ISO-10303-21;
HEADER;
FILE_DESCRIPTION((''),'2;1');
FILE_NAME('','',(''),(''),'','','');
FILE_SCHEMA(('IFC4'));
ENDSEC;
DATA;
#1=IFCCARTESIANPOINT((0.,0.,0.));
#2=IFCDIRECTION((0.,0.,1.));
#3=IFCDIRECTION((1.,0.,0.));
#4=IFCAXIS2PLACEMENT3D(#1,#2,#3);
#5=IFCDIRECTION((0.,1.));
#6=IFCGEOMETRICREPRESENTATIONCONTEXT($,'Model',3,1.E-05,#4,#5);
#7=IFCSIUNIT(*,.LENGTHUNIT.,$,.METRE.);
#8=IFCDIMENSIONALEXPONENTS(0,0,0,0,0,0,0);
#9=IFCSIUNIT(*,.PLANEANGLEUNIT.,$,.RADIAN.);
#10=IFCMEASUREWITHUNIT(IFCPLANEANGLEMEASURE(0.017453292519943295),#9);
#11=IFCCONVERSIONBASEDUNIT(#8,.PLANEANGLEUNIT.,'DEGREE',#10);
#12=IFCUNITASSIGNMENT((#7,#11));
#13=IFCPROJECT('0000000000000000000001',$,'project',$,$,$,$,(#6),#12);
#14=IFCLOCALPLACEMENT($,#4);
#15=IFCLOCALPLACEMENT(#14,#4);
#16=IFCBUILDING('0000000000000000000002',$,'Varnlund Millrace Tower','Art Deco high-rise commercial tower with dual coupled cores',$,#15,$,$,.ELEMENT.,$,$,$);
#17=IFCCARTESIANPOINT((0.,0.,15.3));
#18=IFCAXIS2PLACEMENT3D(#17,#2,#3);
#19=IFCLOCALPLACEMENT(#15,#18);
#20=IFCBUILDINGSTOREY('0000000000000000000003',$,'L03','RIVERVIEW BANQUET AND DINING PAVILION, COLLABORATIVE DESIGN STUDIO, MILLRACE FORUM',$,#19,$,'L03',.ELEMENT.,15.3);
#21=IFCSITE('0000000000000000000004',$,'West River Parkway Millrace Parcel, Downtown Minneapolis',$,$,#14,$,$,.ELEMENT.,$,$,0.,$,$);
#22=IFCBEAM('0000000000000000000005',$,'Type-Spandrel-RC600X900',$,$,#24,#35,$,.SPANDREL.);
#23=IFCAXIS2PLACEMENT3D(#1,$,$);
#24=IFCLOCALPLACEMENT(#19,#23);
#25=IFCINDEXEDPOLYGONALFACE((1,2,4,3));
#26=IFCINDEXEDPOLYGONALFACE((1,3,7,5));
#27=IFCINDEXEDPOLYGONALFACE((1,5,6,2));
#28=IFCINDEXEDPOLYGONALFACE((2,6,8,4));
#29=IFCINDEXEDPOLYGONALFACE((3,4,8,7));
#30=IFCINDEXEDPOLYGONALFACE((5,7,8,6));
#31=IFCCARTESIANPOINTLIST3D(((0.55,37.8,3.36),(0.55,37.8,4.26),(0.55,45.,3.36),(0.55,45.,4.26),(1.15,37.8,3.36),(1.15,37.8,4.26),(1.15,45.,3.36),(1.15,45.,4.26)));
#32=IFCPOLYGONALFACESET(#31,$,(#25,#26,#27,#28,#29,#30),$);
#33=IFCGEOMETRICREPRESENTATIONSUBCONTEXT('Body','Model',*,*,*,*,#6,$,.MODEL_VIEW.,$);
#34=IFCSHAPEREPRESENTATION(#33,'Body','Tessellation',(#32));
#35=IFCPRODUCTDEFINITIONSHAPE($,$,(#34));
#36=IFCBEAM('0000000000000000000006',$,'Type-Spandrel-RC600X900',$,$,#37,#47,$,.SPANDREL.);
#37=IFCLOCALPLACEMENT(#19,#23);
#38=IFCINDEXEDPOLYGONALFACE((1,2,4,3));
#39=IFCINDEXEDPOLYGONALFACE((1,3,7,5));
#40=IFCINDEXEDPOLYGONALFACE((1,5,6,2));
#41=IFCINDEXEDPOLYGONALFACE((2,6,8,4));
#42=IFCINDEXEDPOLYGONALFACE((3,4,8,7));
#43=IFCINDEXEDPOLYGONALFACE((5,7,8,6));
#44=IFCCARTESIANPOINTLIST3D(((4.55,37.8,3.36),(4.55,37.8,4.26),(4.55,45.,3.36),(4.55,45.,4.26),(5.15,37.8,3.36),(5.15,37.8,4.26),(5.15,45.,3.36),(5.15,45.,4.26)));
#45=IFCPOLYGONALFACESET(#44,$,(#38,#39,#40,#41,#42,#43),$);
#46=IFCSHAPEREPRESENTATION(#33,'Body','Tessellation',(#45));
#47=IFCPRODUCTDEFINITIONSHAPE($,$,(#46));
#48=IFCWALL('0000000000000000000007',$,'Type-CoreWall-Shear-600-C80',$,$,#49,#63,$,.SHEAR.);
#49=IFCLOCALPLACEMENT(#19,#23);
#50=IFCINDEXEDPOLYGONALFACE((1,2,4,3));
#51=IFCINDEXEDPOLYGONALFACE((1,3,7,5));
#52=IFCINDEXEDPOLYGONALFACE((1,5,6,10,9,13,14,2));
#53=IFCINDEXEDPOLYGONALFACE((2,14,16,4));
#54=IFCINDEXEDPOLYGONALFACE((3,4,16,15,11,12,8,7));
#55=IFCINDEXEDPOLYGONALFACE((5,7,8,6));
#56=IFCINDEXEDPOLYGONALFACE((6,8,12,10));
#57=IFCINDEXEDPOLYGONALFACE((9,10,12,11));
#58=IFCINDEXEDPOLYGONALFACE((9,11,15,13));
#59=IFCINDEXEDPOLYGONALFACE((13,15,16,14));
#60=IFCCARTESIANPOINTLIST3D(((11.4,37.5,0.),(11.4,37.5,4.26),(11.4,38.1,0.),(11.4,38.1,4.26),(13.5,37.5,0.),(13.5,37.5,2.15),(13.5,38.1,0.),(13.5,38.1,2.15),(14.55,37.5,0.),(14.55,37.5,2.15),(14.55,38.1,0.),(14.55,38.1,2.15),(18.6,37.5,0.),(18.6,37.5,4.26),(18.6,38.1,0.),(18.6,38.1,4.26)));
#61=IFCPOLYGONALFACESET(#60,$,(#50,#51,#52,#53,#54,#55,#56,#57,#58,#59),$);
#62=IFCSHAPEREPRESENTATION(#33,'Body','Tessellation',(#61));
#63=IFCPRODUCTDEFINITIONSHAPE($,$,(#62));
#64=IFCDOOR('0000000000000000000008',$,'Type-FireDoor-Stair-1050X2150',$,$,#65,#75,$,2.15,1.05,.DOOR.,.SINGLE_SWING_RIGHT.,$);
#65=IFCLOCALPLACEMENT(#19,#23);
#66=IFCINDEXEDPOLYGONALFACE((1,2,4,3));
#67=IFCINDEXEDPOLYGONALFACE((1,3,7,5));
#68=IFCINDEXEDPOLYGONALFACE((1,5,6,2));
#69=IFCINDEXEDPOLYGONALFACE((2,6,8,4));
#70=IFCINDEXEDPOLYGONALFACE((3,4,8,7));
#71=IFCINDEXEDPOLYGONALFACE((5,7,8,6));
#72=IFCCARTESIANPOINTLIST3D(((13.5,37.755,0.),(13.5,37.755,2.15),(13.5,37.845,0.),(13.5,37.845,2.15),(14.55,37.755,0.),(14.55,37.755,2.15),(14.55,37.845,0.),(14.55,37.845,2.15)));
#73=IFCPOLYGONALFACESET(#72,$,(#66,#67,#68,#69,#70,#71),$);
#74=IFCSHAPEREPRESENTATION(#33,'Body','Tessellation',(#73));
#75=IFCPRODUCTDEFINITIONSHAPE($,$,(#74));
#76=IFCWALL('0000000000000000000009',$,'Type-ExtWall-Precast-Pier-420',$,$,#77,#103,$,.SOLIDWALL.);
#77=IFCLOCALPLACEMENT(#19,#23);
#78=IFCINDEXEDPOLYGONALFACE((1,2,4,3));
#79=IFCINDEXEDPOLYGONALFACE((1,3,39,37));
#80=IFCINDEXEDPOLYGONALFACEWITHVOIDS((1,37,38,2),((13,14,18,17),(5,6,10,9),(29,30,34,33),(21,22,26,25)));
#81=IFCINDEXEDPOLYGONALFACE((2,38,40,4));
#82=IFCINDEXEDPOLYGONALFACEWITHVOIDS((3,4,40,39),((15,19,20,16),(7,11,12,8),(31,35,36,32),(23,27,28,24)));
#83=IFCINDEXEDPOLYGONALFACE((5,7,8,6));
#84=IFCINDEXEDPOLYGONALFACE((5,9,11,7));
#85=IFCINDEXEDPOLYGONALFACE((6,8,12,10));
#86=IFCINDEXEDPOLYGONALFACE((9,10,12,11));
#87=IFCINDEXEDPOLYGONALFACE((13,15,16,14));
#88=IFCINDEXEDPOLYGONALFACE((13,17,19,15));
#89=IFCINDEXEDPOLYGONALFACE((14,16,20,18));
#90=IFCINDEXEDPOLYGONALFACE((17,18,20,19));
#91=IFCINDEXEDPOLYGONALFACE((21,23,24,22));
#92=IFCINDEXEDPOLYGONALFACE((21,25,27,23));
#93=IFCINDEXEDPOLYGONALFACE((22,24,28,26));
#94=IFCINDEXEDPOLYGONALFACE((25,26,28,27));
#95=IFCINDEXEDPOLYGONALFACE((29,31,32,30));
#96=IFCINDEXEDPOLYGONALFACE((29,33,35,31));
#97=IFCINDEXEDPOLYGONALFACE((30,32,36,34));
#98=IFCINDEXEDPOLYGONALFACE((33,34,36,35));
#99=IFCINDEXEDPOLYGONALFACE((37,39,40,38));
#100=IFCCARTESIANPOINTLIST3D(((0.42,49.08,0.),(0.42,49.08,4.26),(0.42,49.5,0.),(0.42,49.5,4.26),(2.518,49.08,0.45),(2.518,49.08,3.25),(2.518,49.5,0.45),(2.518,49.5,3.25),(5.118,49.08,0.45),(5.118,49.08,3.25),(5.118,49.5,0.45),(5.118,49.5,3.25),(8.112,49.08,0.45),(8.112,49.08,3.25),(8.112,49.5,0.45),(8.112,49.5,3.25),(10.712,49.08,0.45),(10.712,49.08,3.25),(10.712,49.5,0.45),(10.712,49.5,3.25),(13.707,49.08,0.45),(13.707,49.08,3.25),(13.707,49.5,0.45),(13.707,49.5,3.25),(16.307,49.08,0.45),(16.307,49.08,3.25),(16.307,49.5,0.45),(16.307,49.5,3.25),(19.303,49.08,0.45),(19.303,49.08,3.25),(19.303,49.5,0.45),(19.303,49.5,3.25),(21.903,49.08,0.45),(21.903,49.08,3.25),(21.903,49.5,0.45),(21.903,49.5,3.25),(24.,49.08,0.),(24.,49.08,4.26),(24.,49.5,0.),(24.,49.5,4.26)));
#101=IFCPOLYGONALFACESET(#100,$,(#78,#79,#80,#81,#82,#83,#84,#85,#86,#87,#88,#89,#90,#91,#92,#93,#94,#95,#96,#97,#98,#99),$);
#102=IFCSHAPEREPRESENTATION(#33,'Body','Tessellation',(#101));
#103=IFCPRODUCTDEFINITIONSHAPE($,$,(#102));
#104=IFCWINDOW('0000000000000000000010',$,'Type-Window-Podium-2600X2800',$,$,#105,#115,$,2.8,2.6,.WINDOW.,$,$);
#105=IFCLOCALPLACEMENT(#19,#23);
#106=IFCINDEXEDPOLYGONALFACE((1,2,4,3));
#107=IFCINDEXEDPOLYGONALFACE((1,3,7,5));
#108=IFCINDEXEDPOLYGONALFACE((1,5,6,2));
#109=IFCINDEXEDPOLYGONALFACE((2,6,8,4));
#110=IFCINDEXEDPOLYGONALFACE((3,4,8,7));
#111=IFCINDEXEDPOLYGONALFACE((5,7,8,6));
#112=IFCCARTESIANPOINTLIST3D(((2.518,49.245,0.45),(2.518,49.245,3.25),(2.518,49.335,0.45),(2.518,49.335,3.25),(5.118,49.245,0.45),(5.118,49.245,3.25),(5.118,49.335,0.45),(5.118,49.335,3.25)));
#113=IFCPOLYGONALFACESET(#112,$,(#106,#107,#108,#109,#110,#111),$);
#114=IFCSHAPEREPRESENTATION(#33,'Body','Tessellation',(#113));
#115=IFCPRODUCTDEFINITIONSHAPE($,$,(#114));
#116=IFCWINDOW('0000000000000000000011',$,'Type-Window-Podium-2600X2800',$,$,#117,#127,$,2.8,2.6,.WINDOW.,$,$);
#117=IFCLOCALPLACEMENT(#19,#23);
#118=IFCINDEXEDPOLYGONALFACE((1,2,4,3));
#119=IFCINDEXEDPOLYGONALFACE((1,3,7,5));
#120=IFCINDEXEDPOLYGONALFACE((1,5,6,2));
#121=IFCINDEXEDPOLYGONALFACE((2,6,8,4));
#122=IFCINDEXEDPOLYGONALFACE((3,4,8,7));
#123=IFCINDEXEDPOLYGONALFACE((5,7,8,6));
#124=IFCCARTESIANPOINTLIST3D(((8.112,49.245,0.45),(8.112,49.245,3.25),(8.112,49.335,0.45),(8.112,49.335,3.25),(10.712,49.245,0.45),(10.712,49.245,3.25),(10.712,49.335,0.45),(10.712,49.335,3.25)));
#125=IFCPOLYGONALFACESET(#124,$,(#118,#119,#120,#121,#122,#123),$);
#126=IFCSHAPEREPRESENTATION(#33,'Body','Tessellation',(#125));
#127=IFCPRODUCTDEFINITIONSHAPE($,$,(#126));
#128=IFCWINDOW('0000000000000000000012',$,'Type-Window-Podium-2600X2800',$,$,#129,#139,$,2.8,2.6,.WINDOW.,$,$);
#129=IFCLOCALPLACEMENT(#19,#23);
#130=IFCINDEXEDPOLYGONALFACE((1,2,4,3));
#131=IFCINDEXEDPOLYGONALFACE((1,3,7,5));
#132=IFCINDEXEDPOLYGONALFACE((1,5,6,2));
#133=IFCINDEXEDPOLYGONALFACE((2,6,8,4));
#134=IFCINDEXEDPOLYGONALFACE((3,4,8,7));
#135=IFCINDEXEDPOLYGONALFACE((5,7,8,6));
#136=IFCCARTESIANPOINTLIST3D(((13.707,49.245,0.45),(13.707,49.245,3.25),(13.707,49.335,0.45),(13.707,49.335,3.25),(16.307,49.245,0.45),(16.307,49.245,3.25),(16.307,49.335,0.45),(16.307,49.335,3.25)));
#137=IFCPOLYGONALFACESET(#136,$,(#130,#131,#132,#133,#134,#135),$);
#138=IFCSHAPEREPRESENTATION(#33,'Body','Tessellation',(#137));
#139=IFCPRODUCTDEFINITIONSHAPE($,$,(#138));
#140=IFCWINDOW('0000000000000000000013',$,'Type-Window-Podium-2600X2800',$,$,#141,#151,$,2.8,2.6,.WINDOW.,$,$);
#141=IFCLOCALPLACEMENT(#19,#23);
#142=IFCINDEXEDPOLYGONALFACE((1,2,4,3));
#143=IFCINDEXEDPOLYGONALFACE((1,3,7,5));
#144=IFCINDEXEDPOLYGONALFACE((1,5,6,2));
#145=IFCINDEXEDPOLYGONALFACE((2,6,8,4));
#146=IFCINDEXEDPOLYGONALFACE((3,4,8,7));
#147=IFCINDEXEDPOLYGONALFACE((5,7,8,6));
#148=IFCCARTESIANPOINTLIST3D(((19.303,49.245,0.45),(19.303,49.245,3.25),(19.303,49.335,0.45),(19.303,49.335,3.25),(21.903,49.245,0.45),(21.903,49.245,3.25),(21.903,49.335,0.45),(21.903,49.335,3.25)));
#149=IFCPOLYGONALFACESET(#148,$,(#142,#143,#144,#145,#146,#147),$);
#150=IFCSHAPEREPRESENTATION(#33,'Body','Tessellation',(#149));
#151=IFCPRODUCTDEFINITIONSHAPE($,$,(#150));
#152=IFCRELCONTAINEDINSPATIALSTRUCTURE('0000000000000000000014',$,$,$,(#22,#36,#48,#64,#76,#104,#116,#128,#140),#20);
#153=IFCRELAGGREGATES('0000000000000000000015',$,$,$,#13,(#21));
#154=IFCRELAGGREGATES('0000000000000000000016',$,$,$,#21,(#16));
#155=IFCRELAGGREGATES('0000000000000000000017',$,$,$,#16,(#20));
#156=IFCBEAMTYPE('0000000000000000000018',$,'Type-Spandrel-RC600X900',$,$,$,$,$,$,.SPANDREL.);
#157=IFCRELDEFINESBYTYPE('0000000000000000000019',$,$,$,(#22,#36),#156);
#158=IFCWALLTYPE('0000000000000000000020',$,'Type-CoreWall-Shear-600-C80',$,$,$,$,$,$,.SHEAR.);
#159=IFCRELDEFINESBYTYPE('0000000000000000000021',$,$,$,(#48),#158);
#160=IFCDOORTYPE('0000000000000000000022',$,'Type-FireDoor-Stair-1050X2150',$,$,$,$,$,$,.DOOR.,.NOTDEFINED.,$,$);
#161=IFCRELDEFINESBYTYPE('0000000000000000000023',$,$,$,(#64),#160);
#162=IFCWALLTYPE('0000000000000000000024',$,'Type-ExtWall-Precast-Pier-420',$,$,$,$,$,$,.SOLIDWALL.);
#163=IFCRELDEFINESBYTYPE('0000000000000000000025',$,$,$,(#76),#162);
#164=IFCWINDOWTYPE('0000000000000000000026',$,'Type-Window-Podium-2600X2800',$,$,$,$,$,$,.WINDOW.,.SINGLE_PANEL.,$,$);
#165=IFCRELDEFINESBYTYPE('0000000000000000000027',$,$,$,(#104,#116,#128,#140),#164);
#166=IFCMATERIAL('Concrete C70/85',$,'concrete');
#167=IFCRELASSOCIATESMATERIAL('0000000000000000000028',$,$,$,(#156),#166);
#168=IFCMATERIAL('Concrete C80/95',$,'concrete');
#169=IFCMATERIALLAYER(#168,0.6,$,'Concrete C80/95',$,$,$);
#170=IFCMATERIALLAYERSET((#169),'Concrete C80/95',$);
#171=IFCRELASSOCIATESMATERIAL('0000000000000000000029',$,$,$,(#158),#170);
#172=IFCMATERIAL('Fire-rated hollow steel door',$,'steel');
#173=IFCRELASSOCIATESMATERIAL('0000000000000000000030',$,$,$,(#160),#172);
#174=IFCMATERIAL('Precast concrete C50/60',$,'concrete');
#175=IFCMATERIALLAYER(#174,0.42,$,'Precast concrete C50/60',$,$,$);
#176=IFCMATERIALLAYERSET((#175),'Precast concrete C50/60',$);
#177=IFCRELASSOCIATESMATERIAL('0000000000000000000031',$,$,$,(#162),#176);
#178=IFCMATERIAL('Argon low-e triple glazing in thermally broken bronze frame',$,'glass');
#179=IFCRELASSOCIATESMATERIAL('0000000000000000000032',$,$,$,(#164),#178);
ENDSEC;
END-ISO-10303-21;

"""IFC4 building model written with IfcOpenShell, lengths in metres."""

from ifc_helpers import new_model, entity, si_unit, converted_unit, direction, frame, origin_with_axes, origin_2d_with_axis, place, context, subcontext, project, spatial, polyline, rectangle, outline, extrude, material, layer, layer_set, material_profile, profile_set, type_object, element, fill, save


model = new_model("IFC4")

# Units and contexts
model_context = context("Model", 3, precision=1e-05, world=origin_with_axes(), true_north=direction((0.0, 1.0)))
body_context = subcontext(model_context, "Body", "Model", "MODEL_VIEW")
ifc_project = project(units=[si_unit("LENGTHUNIT", "METRE"), converted_unit("PLANEANGLEUNIT", "DEGREE", entity("IfcPlaneAngleMeasure", 0.017453292519943295), si_unit("PLANEANGLEUNIT", "RADIAN"), dimensions=[0, 0, 0, 0, 0, 0, 0])], contexts=[model_context])

# Site, building, storey
site_placement = place(None, origin_with_axes())
site = spatial("IfcSite", under=ifc_project, at=site_placement, Name="West River Parkway Millrace Parcel, Downtown Minneapolis", CompositionType="ELEMENT", RefElevation=0.0)
building_placement = place(site_placement, origin_with_axes())
building = spatial("IfcBuilding", under=site, at=building_placement, Name="Varnlund Millrace Tower", Description="Art Deco high-rise commercial tower with dual coupled cores", CompositionType="ELEMENT")
storey_placement = place(building_placement, frame((0.0, 0.0, 15.3), z_axis=(0.0, 0.0, 1.0), x_axis=(1.0, 0.0, 0.0)))
storey = spatial("IfcBuildingStorey", under=building, at=storey_placement, Name="L03", Description="RIVERVIEW BANQUET AND DINING PAVILION, COLLABORATIVE DESIGN STUDIO, MILLRACE FORUM", LongName="L03", CompositionType="ELEMENT", Elevation=15.3)

# Shared definitions
ifc_material_1 = material(Name="Concrete C80/95", Category="concrete")

# Beams
ifc_material_2 = material(Name="Concrete C70/85", Category="concrete")
ifc_material_profile_1 = material_profile(ifc_material_2, rectangle(XDim=0.6, YDim=0.9, at=origin_2d_with_axis()), Name="Concrete C70/85")
ifc_profile_set_1 = profile_set([ifc_material_profile_1], Name="Concrete C70/85")
beam_type_1 = type_object("IfcBeamType", Name="Type-Spandrel-RC600X900", PredefinedType="SPANDREL", material=ifc_profile_set_1)
for number, where, z_axis, x_axis, name in (
    (1, (0.85, 37.8, 3.81), (0.0, 1.0, 0.0), (-1.0, 0.0, 0.0), "Type-Spandrel-RC600X900"),
    (2, (4.85, 37.8, 3.81), (0.0, 1.0, 0.0), (-1.0, 0.0, 0.0), "Type-Spandrel-RC600X900"),
):
    element("IfcBeam", number, at=place(storey_placement, frame(where, z_axis=z_axis, x_axis=x_axis)), inside=storey, type_object=beam_type_1, Name=name, PredefinedType="SPANDREL", context=body_context, shape_type="SweptSolid", body=[
        extrude(rectangle(XDim=0.6, YDim=0.9, at=origin_2d_with_axis()), origin_with_axes(), (0.0, 0.0, 1.0), 7.2),
    ])

# Wall, opening, door
ifc_layer_1 = layer(ifc_material_1, 0.6, Name="Concrete C80/95")
ifc_layer_set_1 = layer_set([ifc_layer_1], Name="Concrete C80/95")
wall_type_1 = type_object("IfcWallType", Name="Type-CoreWall-Shear-600-C80", PredefinedType="SHEAR", material=ifc_layer_set_1)
wall_1_placement = place(storey_placement, frame((11.4, 37.8, 0.0), z_axis=(0.0, 0.0, 1.0), x_axis=(1.0, 0.0, 0.0)))
wall_1 = element("IfcWall", 3, at=wall_1_placement, inside=storey, type_object=wall_type_1, Name="Type-CoreWall-Shear-600-C80", PredefinedType="SHEAR", context=body_context, shape_type="SweptSolid", body=[
    extrude(outline(polyline([(0.0, -0.3), (7.2, -0.3), (7.2, 0.3), (0.0, 0.3), (0.0, -0.3)])), origin_with_axes(), (0.0, 0.0, 1.0), 4.26),
])
opening_1_placement = place(wall_1_placement, frame((2.625, 0.0, 0.0), z_axis=(0.0, 0.0, 1.0), x_axis=(1.0, 0.0, 0.0)))
opening_1 = element("IfcOpeningElement", 4, at=opening_1_placement, cuts=wall_1, PredefinedType="OPENING", context=body_context, shape_type="SweptSolid", body=[
    extrude(rectangle(XDim=1.05, YDim=0.62, at=origin_2d_with_axis()), origin_with_axes(), (0.0, 0.0, 1.0), 2.15),
])
ifc_material_3 = material(Name="Fire-rated hollow steel door", Category="steel")
door_type_1 = type_object("IfcDoorType", Name="Type-FireDoor-Stair-1050X2150", OperationType="NOTDEFINED", PredefinedType="DOOR", material=ifc_material_3)
door_1_placement = place(wall_1_placement, frame((2.625, 0.0, 0.0), z_axis=(0.0, 0.0, 1.0), x_axis=(1.0, 0.0, 0.0)))
door_1 = element("IfcDoor", 5, at=door_1_placement, inside=storey, type_object=door_type_1, Name="Type-FireDoor-Stair-1050X2150", OperationType="SINGLE_SWING_RIGHT", OverallHeight=2.15, OverallWidth=1.05, PredefinedType="DOOR", context=body_context, shape_type="SweptSolid", body=[
    extrude(rectangle(XDim=1.05, YDim=0.09, at=origin_2d_with_axis()), origin_with_axes(), (0.0, 0.0, 1.0), 2.15),
])
fill(opening_1, door_1)

# Wall, openings, windows
ifc_material_4 = material(Name="Precast concrete C50/60", Category="concrete")
ifc_layer_2 = layer(ifc_material_4, 0.42, Name="Precast concrete C50/60")
ifc_layer_set_2 = layer_set([ifc_layer_2], Name="Precast concrete C50/60")
wall_type_2 = type_object("IfcWallType", Name="Type-ExtWall-Precast-Pier-420", PredefinedType="SOLIDWALL", material=ifc_layer_set_2)
wall_2_placement = place(storey_placement, frame((0.42, 49.29, 0.0), z_axis=(0.0, 0.0, 1.0), x_axis=(1.0, 0.0, 0.0)))
wall_2 = element("IfcWall", 6, at=wall_2_placement, inside=storey, type_object=wall_type_2, Name="Type-ExtWall-Precast-Pier-420", PredefinedType="SOLIDWALL", context=body_context, shape_type="SweptSolid", body=[
    extrude(outline(polyline([(0.0, -0.21), (23.58, -0.21), (23.58, 0.21), (0.0, 0.21), (0.0, -0.21)])), origin_with_axes(), (0.0, 0.0, 1.0), 4.26),
])
opening_2_placement = place(wall_2_placement, frame((3.398, 0.0, 0.45), z_axis=(0.0, 0.0, 1.0), x_axis=(1.0, 0.0, 0.0)))
opening_2 = element("IfcOpeningElement", 7, at=opening_2_placement, cuts=wall_2, PredefinedType="OPENING", context=body_context, shape_type="SweptSolid", body=[
    extrude(rectangle(XDim=2.6, YDim=0.44, at=origin_2d_with_axis()), origin_with_axes(), (0.0, 0.0, 1.0), 2.8),
])
opening_3_placement = place(wall_2_placement, frame((8.992, 0.0, 0.45), z_axis=(0.0, 0.0, 1.0), x_axis=(1.0, 0.0, 0.0)))
opening_3 = element("IfcOpeningElement", 8, at=opening_3_placement, cuts=wall_2, PredefinedType="OPENING", context=body_context, shape_type="SweptSolid", body=[
    extrude(rectangle(XDim=2.6, YDim=0.44, at=origin_2d_with_axis()), origin_with_axes(), (0.0, 0.0, 1.0), 2.8),
])
opening_4_placement = place(wall_2_placement, frame((14.587, 0.0, 0.45), z_axis=(0.0, 0.0, 1.0), x_axis=(1.0, 0.0, 0.0)))
opening_4 = element("IfcOpeningElement", 9, at=opening_4_placement, cuts=wall_2, PredefinedType="OPENING", context=body_context, shape_type="SweptSolid", body=[
    extrude(rectangle(XDim=2.6, YDim=0.44, at=origin_2d_with_axis()), origin_with_axes(), (0.0, 0.0, 1.0), 2.8),
])
opening_5_placement = place(wall_2_placement, frame((20.183, 0.0, 0.45), z_axis=(0.0, 0.0, 1.0), x_axis=(1.0, 0.0, 0.0)))
opening_5 = element("IfcOpeningElement", 10, at=opening_5_placement, cuts=wall_2, PredefinedType="OPENING", context=body_context, shape_type="SweptSolid", body=[
    extrude(rectangle(XDim=2.6, YDim=0.44, at=origin_2d_with_axis()), origin_with_axes(), (0.0, 0.0, 1.0), 2.8),
])
ifc_material_5 = material(Name="Argon low-e triple glazing in thermally broken bronze frame", Category="glass")
window_type = type_object("IfcWindowType", Name="Type-Window-Podium-2600X2800", PartitioningType="SINGLE_PANEL", PredefinedType="WINDOW", material=ifc_material_5)
window_1_placement = place(wall_2_placement, frame((3.398, 0.0, 0.45), z_axis=(0.0, 0.0, 1.0), x_axis=(1.0, 0.0, 0.0)))
window_1 = element("IfcWindow", 11, at=window_1_placement, inside=storey, type_object=window_type, Name="Type-Window-Podium-2600X2800", OverallHeight=2.8, OverallWidth=2.6, PredefinedType="WINDOW", context=body_context, shape_type="SweptSolid", body=[
    extrude(rectangle(XDim=2.6, YDim=0.09, at=origin_2d_with_axis()), origin_with_axes(), (0.0, 0.0, 1.0), 2.8),
])
fill(opening_2, window_1)
window_2_placement = place(wall_2_placement, frame((8.992, 0.0, 0.45), z_axis=(0.0, 0.0, 1.0), x_axis=(1.0, 0.0, 0.0)))
window_2 = element("IfcWindow", 12, at=window_2_placement, inside=storey, type_object=window_type, Name="Type-Window-Podium-2600X2800", OverallHeight=2.8, OverallWidth=2.6, PredefinedType="WINDOW", context=body_context, shape_type="SweptSolid", body=[
    extrude(rectangle(XDim=2.6, YDim=0.09, at=origin_2d_with_axis()), origin_with_axes(), (0.0, 0.0, 1.0), 2.8),
])
fill(opening_3, window_2)
window_3_placement = place(wall_2_placement, frame((14.587, 0.0, 0.45), z_axis=(0.0, 0.0, 1.0), x_axis=(1.0, 0.0, 0.0)))
window_3 = element("IfcWindow", 13, at=window_3_placement, inside=storey, type_object=window_type, Name="Type-Window-Podium-2600X2800", OverallHeight=2.8, OverallWidth=2.6, PredefinedType="WINDOW", context=body_context, shape_type="SweptSolid", body=[
    extrude(rectangle(XDim=2.6, YDim=0.09, at=origin_2d_with_axis()), origin_with_axes(), (0.0, 0.0, 1.0), 2.8),
])
fill(opening_4, window_3)
window_4_placement = place(wall_2_placement, frame((20.183, 0.0, 0.45), z_axis=(0.0, 0.0, 1.0), x_axis=(1.0, 0.0, 0.0)))
window_4 = element("IfcWindow", 14, at=window_4_placement, inside=storey, type_object=window_type, Name="Type-Window-Podium-2600X2800", OverallHeight=2.8, OverallWidth=2.6, PredefinedType="WINDOW", context=body_context, shape_type="SweptSolid", body=[
    extrude(rectangle(XDim=2.6, YDim=0.09, at=origin_2d_with_axis()), origin_with_axes(), (0.0, 0.0, 1.0), 2.8),
])
fill(opening_5, window_4)

save(model, "model.ifc")
